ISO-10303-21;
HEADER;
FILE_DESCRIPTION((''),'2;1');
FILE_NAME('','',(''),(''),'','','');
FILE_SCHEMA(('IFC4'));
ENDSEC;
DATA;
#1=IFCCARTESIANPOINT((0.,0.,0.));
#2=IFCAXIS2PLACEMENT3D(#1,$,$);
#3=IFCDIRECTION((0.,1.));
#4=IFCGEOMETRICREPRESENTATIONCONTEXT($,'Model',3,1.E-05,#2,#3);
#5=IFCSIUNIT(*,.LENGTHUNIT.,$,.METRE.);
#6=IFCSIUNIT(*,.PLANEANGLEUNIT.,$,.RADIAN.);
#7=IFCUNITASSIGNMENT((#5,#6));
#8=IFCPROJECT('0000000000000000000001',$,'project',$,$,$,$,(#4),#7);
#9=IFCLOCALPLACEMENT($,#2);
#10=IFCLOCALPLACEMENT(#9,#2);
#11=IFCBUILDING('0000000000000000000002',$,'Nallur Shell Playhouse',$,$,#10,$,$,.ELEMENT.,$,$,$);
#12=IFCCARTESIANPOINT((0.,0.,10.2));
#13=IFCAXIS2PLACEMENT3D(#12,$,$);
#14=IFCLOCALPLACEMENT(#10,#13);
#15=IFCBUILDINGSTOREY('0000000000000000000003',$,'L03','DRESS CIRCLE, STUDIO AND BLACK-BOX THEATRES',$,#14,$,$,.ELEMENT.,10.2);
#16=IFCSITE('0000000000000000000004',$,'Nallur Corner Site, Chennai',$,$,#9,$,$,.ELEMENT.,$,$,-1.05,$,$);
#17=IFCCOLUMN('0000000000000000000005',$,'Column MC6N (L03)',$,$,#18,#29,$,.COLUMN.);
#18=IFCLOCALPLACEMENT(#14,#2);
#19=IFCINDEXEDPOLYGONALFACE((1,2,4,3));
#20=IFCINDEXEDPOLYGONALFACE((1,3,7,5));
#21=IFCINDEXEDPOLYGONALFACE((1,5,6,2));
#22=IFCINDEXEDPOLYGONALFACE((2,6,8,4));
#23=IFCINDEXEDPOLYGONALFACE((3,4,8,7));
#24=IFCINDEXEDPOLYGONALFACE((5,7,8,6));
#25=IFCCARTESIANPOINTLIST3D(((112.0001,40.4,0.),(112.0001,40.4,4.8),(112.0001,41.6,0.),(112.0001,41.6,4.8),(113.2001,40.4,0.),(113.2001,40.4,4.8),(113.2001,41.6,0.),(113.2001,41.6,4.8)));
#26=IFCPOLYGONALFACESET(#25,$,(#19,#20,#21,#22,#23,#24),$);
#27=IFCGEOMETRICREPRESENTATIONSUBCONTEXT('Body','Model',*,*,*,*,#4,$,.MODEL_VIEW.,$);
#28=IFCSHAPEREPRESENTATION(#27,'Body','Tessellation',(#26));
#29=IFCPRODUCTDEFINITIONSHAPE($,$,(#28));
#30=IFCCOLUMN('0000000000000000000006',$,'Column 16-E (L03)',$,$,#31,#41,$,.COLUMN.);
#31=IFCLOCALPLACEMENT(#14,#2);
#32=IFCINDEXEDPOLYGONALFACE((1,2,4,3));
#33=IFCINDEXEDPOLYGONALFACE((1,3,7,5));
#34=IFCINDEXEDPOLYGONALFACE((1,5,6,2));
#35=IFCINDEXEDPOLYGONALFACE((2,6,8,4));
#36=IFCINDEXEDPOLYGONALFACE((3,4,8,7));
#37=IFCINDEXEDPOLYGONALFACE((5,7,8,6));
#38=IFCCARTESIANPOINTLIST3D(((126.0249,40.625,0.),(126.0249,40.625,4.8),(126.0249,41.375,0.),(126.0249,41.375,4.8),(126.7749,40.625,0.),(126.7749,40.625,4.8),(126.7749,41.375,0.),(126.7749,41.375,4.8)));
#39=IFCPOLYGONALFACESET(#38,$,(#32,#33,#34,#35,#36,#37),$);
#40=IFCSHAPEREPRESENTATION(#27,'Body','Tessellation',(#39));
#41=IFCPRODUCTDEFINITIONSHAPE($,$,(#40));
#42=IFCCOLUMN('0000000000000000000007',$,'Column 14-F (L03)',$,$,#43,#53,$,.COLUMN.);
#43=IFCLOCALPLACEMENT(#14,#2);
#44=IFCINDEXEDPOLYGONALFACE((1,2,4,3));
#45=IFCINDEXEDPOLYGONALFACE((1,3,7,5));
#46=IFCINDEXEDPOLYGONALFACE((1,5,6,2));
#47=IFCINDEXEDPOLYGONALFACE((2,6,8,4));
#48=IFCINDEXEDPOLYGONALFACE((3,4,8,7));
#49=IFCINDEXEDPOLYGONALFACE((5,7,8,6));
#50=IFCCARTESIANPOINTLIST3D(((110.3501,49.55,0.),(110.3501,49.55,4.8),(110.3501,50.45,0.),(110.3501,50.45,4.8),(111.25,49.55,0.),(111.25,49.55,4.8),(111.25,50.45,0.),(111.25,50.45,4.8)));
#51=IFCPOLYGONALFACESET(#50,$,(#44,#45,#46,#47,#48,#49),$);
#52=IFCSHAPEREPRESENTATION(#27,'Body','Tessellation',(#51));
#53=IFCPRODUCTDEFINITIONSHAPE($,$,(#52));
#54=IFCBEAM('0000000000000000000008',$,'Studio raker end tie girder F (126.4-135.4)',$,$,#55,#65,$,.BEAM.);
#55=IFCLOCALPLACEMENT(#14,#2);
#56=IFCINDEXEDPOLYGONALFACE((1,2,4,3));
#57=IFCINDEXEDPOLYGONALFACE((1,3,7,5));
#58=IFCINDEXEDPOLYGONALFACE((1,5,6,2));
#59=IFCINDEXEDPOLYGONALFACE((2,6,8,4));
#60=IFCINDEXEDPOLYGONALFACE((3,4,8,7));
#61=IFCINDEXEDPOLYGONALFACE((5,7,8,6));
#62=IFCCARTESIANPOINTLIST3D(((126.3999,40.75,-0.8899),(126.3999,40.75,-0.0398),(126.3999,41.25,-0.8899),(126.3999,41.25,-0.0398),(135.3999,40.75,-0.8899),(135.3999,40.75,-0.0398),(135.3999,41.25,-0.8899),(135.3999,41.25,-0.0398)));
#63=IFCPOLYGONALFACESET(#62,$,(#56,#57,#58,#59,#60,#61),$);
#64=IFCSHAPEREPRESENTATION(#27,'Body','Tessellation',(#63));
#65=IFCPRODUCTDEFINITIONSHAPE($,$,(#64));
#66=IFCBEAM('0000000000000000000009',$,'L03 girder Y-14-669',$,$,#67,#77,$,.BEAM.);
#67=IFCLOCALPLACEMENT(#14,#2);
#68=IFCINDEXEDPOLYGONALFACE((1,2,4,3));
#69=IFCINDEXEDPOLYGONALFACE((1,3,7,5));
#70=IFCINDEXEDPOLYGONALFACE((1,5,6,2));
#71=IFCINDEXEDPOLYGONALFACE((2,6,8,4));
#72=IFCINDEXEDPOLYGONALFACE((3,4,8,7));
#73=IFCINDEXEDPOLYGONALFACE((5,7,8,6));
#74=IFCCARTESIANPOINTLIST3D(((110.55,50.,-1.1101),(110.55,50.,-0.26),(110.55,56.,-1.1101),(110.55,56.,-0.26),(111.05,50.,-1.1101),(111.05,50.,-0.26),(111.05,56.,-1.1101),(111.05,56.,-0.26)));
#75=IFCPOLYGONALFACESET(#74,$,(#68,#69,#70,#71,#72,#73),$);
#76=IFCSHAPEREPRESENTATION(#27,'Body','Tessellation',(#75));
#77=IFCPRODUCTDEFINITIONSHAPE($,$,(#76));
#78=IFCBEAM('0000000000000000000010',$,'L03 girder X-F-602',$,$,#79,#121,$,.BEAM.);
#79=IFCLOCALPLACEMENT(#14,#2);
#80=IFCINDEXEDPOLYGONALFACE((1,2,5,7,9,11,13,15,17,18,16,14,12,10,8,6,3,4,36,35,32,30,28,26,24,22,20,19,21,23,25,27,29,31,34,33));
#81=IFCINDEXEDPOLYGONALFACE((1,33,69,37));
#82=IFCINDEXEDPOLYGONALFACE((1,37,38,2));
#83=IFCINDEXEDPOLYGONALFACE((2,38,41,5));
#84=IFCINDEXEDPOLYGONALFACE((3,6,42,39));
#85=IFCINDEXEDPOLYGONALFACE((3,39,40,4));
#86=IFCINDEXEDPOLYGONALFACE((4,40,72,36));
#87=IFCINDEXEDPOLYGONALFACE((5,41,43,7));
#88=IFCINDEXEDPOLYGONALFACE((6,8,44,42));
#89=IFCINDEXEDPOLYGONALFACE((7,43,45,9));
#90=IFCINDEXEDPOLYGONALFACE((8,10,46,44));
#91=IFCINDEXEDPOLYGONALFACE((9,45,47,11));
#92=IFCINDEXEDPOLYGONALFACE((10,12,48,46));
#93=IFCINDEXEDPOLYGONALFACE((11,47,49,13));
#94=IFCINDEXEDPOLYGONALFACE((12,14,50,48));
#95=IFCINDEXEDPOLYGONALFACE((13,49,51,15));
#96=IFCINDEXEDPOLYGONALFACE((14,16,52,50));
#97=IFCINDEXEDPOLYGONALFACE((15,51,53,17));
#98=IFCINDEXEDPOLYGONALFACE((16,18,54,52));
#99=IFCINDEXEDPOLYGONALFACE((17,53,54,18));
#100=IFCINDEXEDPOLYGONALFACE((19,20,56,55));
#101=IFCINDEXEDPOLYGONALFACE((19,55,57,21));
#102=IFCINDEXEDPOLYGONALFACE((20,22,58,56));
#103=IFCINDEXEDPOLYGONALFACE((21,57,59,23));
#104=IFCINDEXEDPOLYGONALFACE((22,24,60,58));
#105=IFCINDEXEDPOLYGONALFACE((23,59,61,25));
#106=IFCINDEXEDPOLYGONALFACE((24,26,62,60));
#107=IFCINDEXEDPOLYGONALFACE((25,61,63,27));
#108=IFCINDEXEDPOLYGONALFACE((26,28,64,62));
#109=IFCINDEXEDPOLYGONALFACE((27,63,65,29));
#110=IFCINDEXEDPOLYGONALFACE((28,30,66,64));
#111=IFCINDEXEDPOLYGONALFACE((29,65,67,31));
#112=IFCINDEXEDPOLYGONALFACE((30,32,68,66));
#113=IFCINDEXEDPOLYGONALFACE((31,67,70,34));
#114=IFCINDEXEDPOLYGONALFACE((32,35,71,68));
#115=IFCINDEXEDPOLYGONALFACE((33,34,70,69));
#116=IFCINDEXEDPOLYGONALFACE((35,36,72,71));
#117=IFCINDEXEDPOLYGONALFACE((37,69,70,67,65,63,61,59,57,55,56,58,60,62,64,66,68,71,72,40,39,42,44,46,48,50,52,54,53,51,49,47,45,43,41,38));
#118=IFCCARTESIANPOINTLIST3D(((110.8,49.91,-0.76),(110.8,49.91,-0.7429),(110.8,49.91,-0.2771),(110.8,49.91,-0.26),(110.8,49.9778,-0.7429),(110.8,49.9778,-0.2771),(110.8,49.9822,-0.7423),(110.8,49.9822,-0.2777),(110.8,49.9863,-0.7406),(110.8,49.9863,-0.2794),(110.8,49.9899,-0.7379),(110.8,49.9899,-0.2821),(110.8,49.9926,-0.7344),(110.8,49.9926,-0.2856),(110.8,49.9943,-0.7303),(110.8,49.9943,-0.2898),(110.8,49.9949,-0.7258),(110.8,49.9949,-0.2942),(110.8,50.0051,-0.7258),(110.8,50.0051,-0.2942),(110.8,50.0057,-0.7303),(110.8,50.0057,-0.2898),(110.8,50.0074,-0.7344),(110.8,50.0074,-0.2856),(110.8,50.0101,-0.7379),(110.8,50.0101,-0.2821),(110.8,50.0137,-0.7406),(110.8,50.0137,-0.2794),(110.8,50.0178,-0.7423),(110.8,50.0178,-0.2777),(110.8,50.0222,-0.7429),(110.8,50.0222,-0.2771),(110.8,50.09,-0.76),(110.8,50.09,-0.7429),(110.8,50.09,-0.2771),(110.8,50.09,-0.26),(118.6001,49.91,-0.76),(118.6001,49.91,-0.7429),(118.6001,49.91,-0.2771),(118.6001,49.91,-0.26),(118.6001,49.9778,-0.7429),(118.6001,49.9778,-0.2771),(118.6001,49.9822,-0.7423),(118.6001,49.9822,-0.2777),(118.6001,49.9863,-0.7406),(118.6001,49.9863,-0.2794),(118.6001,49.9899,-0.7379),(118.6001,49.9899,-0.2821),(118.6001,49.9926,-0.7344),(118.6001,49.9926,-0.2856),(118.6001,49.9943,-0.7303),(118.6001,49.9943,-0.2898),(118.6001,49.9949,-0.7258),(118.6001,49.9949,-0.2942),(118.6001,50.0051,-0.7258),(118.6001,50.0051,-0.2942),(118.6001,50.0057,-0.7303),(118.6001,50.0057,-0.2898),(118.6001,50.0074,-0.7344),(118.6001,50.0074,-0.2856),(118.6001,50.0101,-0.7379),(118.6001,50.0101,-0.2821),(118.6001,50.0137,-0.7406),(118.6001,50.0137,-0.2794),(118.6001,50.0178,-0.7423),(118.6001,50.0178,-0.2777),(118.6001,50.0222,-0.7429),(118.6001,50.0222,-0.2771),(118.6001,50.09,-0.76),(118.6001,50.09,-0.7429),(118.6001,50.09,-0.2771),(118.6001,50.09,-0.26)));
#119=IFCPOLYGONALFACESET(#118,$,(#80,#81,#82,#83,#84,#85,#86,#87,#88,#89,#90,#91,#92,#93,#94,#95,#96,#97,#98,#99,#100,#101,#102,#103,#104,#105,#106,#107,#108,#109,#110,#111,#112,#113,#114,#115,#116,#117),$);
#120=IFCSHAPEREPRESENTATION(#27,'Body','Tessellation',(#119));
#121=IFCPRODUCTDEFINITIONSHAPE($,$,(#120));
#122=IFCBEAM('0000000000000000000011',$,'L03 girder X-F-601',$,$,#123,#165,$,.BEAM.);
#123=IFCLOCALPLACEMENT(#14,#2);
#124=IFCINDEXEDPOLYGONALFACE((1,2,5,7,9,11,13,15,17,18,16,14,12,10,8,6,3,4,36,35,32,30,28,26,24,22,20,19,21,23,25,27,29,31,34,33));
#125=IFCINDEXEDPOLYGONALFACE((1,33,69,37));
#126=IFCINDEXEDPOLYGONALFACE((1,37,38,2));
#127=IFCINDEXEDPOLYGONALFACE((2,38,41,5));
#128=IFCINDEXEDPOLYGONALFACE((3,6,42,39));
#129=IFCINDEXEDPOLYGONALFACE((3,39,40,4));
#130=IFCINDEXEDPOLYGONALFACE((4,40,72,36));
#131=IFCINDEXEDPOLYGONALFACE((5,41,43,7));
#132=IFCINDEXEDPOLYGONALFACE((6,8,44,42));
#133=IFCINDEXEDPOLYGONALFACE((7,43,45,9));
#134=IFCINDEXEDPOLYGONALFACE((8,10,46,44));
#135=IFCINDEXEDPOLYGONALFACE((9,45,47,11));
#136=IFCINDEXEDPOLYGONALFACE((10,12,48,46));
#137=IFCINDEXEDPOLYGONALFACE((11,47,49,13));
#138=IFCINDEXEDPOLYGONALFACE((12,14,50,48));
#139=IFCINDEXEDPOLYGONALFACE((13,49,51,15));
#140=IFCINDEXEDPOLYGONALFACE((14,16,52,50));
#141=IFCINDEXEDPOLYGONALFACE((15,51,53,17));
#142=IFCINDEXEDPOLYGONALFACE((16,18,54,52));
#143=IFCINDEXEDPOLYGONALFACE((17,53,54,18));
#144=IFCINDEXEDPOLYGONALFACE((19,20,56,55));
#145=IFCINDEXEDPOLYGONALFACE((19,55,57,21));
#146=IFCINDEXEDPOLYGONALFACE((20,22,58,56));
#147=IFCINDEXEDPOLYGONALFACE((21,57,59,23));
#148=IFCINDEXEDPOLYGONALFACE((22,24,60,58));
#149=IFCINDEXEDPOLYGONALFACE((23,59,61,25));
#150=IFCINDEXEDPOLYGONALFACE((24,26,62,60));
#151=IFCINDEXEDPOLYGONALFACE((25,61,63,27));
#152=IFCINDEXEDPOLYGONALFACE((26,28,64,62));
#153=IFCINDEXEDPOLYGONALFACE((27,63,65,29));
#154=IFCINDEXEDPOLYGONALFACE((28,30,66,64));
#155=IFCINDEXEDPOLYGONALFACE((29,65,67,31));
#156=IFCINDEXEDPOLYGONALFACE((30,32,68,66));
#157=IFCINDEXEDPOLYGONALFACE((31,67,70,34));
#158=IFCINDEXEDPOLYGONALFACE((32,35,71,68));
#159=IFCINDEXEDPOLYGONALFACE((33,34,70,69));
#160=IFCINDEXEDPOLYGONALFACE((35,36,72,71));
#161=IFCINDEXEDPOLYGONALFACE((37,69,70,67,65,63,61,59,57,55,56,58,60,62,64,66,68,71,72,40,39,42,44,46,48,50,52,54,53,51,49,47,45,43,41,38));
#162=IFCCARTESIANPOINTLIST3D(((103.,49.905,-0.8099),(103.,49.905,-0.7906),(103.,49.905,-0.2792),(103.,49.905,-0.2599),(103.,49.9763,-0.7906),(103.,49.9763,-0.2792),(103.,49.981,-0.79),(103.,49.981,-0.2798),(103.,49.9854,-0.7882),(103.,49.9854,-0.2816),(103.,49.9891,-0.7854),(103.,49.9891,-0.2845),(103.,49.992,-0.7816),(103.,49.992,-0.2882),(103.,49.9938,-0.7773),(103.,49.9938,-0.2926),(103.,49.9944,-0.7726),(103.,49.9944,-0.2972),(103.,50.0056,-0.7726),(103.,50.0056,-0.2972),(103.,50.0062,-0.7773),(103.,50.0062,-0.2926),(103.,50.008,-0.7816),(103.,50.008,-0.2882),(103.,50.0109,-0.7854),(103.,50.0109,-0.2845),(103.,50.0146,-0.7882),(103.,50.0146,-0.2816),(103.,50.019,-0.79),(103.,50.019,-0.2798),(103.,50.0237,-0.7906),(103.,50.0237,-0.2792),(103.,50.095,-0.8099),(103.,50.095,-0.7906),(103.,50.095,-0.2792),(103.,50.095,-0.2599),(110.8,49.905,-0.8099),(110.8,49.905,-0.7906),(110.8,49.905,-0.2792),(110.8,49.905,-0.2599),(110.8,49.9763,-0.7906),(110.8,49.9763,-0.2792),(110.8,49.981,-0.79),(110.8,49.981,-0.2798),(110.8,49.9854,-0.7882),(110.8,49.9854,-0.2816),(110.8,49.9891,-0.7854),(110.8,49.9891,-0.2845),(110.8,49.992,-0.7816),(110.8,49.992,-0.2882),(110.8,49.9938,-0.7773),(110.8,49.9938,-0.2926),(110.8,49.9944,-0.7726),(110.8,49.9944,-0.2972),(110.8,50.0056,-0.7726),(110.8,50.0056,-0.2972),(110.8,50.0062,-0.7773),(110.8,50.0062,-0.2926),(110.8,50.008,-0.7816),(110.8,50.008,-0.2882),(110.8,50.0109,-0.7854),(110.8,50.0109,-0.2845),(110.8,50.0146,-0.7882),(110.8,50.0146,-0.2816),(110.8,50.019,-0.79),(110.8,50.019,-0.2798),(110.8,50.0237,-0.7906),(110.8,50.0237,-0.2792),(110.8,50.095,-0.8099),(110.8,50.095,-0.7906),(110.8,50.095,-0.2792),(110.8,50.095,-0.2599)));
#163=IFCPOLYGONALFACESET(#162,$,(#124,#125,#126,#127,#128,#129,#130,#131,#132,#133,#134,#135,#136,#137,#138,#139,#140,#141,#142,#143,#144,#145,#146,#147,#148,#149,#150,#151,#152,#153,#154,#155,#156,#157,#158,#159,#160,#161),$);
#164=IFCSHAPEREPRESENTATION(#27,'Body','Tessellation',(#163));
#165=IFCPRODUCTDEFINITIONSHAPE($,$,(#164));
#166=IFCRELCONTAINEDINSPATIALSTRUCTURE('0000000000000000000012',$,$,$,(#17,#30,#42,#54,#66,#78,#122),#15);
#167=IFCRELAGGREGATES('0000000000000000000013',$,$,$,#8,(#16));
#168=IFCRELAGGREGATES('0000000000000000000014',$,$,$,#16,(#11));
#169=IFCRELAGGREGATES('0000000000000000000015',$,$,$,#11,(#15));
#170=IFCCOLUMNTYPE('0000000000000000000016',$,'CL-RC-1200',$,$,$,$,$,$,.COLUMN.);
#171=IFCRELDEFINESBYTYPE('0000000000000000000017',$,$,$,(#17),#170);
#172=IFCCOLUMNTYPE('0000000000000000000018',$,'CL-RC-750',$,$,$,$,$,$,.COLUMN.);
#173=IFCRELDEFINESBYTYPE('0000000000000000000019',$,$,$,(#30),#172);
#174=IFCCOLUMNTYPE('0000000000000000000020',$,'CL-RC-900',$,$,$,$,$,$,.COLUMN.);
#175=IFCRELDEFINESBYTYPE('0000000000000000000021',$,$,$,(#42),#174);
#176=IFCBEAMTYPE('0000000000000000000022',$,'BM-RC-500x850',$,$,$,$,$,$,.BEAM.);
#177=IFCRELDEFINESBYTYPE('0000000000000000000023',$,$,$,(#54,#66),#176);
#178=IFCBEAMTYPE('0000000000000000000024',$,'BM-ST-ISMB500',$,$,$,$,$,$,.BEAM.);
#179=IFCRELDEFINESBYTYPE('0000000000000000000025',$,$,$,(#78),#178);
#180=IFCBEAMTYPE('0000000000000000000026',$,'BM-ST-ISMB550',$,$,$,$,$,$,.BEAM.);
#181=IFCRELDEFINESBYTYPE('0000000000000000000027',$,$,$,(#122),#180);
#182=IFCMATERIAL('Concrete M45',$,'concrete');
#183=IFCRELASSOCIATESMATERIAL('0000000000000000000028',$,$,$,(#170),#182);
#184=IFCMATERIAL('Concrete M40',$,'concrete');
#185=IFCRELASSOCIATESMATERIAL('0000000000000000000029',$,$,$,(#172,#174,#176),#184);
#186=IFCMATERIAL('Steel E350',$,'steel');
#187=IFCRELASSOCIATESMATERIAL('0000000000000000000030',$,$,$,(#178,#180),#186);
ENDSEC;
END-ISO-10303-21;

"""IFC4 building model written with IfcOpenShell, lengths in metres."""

from ifc_helpers import new_model, si_unit, direction, frame, origin, origin_2d, place, context, subcontext, project, spatial, rectangle, i_section, extrude, material, material_profile, profile_set, type_object, element, save


model = new_model("IFC4")

# Units and contexts
model_context = context("Model", 3, precision=1e-05, world=origin(), true_north=direction((0.0, 1.0)))
body_context = subcontext(model_context, "Body", "Model", "MODEL_VIEW")
ifc_project = project(units=[si_unit("LENGTHUNIT", "METRE"), si_unit("PLANEANGLEUNIT", "RADIAN")], contexts=[model_context])

# Site, building, storey
site_placement = place(None, origin())
site = spatial("IfcSite", under=ifc_project, at=site_placement, Name="Nallur Corner Site, Chennai", CompositionType="ELEMENT", RefElevation=-1.05)
building_placement = place(site_placement, origin())
building = spatial("IfcBuilding", under=site, at=building_placement, Name="Nallur Shell Playhouse", CompositionType="ELEMENT")
storey_placement = place(building_placement, frame((0.0, 0.0, 10.2)))
storey = spatial("IfcBuildingStorey", under=building, at=storey_placement, Name="L03", Description="DRESS CIRCLE, STUDIO AND BLACK-BOX THEATRES", CompositionType="ELEMENT", Elevation=10.2)

# Columns
ifc_material_1 = material(Name="Concrete M45", Category="concrete")
ifc_material_profile_1 = material_profile(ifc_material_1, rectangle(XDim=1.2, YDim=1.2, at=origin_2d()), Name="RC 1200x1200")
ifc_profile_set_1 = profile_set([ifc_material_profile_1], Name="Concrete M45")
column_type_1 = type_object("IfcColumnType", Name="CL-RC-1200", PredefinedType="COLUMN", material=ifc_profile_set_1)
column_1_placement = place(storey_placement, frame((112.6001, 41.0, 0.0), z_axis=(0.0, 0.0, 1.0), x_axis=(1.0, 0.0, 0.0)))
element("IfcColumn", 1, at=column_1_placement, inside=storey, type_object=column_type_1, Name="Column MC6N (L03)", PredefinedType="COLUMN", context=body_context, shape_type="SweptSolid", body=[
    extrude(rectangle(XDim=1.2, YDim=1.2, at=origin_2d()), origin(), (0.0, 0.0, 1.0), 4.8),
])
ifc_material_2 = material(Name="Concrete M40", Category="concrete")
ifc_material_profile_2 = material_profile(ifc_material_2, rectangle(XDim=0.75, YDim=0.75, at=origin_2d()), Name="RC 750x750")
ifc_profile_set_2 = profile_set([ifc_material_profile_2], Name="Concrete M40")
column_type_2 = type_object("IfcColumnType", Name="CL-RC-750", PredefinedType="COLUMN", material=ifc_profile_set_2)
column_2_placement = place(storey_placement, frame((126.3999, 41.0, 0.0), z_axis=(0.0, 0.0, 1.0), x_axis=(1.0, 0.0, 0.0)))
element("IfcColumn", 2, at=column_2_placement, inside=storey, type_object=column_type_2, Name="Column 16-E (L03)", PredefinedType="COLUMN", context=body_context, shape_type="SweptSolid", body=[
    extrude(rectangle(XDim=0.75, YDim=0.75, at=origin_2d()), origin(), (0.0, 0.0, 1.0), 4.8),
])
ifc_material_profile_3 = material_profile(ifc_material_2, rectangle(XDim=0.8999, YDim=0.8999, at=origin_2d()), Name="RC 900x900")
ifc_profile_set_3 = profile_set([ifc_material_profile_3], Name="Concrete M40")
column_type_3 = type_object("IfcColumnType", Name="CL-RC-900", PredefinedType="COLUMN", material=ifc_profile_set_3)
column_3_placement = place(storey_placement, frame((110.8, 50.0, 0.0), z_axis=(0.0, 0.0, 1.0), x_axis=(1.0, 0.0, 0.0)))
element("IfcColumn", 3, at=column_3_placement, inside=storey, type_object=column_type_3, Name="Column 14-F (L03)", PredefinedType="COLUMN", context=body_context, shape_type="SweptSolid", body=[
    extrude(rectangle(XDim=0.8999, YDim=0.8999, at=origin_2d()), origin(), (0.0, 0.0, 1.0), 4.8),
])

# Beams
ifc_material_profile_4 = material_profile(ifc_material_2, rectangle(XDim=0.5, YDim=0.8501, at=origin_2d()), Name="RC 500x850")
ifc_profile_set_4 = profile_set([ifc_material_profile_4], Name="Concrete M40")
beam_type_1 = type_object("IfcBeamType", Name="BM-RC-500x850", PredefinedType="BEAM", material=ifc_profile_set_4)
beam_1_placement = place(storey_placement, frame((126.3999, 41.0, -0.4648), z_axis=(1.0, 0.0, 0.0), x_axis=(0.0, 1.0, 0.0)))
element("IfcBeam", 4, at=beam_1_placement, inside=storey, type_object=beam_type_1, Name="Studio raker end tie girder F (126.4-135.4)", PredefinedType="BEAM", context=body_context, shape_type="SweptSolid", body=[
    extrude(rectangle(XDim=0.5, YDim=0.8501, at=origin_2d()), origin(), (0.0, 0.0, 1.0), 9.0),
])
beam_2_placement = place(storey_placement, frame((110.8, 50.0, -0.6851), z_axis=(0.0, 1.0, 0.0), x_axis=(-1.0, 0.0, 0.0)))
element("IfcBeam", 5, at=beam_2_placement, inside=storey, type_object=beam_type_1, Name="L03 girder Y-14-669", PredefinedType="BEAM", context=body_context, shape_type="SweptSolid", body=[
    extrude(rectangle(XDim=0.5, YDim=0.8501, at=origin_2d()), origin(), (0.0, 0.0, 1.0), 6.0),
])
ifc_material_3 = material(Name="Steel E350", Category="steel")
ifc_material_profile_5 = material_profile(ifc_material_3, i_section(OverallWidth=0.1799, OverallDepth=0.5, WebThickness=0.0103, FlangeThickness=0.0171, FilletRadius=0.0171, at=origin_2d()), Name="ISMB 500")
ifc_profile_set_5 = profile_set([ifc_material_profile_5], Name="Steel E350")
beam_type_2 = type_object("IfcBeamType", Name="BM-ST-ISMB500", PredefinedType="BEAM", material=ifc_profile_set_5)
beam_3_placement = place(storey_placement, frame((110.8, 50.0, -0.51), z_axis=(1.0, 0.0, 0.0), x_axis=(0.0, 1.0, 0.0)))
element("IfcBeam", 6, at=beam_3_placement, inside=storey, type_object=beam_type_2, Name="L03 girder X-F-602", PredefinedType="BEAM", context=body_context, shape_type="SweptSolid", body=[
    extrude(i_section(OverallWidth=0.1799, OverallDepth=0.5, WebThickness=0.0103, FlangeThickness=0.0171, FilletRadius=0.0171, at=origin_2d()), origin(), (0.0, 0.0, 1.0), 7.8),
])
ifc_material_profile_6 = material_profile(ifc_material_3, i_section(OverallWidth=0.1899, OverallDepth=0.55, WebThickness=0.0112, FlangeThickness=0.0193, FilletRadius=0.0181, at=origin_2d()), Name="ISMB 550")
ifc_profile_set_6 = profile_set([ifc_material_profile_6], Name="Steel E350")
beam_type_3 = type_object("IfcBeamType", Name="BM-ST-ISMB550", PredefinedType="BEAM", material=ifc_profile_set_6)
beam_4_placement = place(storey_placement, frame((103.0, 50.0, -0.5349), z_axis=(1.0, 0.0, 0.0), x_axis=(0.0, 1.0, 0.0)))
element("IfcBeam", 7, at=beam_4_placement, inside=storey, type_object=beam_type_3, Name="L03 girder X-F-601", PredefinedType="BEAM", context=body_context, shape_type="SweptSolid", body=[
    extrude(i_section(OverallWidth=0.1899, OverallDepth=0.55, WebThickness=0.0112, FlangeThickness=0.0193, FilletRadius=0.0181, at=origin_2d()), origin(), (0.0, 0.0, 1.0), 7.8),
])

save(model, "model.ifc")
